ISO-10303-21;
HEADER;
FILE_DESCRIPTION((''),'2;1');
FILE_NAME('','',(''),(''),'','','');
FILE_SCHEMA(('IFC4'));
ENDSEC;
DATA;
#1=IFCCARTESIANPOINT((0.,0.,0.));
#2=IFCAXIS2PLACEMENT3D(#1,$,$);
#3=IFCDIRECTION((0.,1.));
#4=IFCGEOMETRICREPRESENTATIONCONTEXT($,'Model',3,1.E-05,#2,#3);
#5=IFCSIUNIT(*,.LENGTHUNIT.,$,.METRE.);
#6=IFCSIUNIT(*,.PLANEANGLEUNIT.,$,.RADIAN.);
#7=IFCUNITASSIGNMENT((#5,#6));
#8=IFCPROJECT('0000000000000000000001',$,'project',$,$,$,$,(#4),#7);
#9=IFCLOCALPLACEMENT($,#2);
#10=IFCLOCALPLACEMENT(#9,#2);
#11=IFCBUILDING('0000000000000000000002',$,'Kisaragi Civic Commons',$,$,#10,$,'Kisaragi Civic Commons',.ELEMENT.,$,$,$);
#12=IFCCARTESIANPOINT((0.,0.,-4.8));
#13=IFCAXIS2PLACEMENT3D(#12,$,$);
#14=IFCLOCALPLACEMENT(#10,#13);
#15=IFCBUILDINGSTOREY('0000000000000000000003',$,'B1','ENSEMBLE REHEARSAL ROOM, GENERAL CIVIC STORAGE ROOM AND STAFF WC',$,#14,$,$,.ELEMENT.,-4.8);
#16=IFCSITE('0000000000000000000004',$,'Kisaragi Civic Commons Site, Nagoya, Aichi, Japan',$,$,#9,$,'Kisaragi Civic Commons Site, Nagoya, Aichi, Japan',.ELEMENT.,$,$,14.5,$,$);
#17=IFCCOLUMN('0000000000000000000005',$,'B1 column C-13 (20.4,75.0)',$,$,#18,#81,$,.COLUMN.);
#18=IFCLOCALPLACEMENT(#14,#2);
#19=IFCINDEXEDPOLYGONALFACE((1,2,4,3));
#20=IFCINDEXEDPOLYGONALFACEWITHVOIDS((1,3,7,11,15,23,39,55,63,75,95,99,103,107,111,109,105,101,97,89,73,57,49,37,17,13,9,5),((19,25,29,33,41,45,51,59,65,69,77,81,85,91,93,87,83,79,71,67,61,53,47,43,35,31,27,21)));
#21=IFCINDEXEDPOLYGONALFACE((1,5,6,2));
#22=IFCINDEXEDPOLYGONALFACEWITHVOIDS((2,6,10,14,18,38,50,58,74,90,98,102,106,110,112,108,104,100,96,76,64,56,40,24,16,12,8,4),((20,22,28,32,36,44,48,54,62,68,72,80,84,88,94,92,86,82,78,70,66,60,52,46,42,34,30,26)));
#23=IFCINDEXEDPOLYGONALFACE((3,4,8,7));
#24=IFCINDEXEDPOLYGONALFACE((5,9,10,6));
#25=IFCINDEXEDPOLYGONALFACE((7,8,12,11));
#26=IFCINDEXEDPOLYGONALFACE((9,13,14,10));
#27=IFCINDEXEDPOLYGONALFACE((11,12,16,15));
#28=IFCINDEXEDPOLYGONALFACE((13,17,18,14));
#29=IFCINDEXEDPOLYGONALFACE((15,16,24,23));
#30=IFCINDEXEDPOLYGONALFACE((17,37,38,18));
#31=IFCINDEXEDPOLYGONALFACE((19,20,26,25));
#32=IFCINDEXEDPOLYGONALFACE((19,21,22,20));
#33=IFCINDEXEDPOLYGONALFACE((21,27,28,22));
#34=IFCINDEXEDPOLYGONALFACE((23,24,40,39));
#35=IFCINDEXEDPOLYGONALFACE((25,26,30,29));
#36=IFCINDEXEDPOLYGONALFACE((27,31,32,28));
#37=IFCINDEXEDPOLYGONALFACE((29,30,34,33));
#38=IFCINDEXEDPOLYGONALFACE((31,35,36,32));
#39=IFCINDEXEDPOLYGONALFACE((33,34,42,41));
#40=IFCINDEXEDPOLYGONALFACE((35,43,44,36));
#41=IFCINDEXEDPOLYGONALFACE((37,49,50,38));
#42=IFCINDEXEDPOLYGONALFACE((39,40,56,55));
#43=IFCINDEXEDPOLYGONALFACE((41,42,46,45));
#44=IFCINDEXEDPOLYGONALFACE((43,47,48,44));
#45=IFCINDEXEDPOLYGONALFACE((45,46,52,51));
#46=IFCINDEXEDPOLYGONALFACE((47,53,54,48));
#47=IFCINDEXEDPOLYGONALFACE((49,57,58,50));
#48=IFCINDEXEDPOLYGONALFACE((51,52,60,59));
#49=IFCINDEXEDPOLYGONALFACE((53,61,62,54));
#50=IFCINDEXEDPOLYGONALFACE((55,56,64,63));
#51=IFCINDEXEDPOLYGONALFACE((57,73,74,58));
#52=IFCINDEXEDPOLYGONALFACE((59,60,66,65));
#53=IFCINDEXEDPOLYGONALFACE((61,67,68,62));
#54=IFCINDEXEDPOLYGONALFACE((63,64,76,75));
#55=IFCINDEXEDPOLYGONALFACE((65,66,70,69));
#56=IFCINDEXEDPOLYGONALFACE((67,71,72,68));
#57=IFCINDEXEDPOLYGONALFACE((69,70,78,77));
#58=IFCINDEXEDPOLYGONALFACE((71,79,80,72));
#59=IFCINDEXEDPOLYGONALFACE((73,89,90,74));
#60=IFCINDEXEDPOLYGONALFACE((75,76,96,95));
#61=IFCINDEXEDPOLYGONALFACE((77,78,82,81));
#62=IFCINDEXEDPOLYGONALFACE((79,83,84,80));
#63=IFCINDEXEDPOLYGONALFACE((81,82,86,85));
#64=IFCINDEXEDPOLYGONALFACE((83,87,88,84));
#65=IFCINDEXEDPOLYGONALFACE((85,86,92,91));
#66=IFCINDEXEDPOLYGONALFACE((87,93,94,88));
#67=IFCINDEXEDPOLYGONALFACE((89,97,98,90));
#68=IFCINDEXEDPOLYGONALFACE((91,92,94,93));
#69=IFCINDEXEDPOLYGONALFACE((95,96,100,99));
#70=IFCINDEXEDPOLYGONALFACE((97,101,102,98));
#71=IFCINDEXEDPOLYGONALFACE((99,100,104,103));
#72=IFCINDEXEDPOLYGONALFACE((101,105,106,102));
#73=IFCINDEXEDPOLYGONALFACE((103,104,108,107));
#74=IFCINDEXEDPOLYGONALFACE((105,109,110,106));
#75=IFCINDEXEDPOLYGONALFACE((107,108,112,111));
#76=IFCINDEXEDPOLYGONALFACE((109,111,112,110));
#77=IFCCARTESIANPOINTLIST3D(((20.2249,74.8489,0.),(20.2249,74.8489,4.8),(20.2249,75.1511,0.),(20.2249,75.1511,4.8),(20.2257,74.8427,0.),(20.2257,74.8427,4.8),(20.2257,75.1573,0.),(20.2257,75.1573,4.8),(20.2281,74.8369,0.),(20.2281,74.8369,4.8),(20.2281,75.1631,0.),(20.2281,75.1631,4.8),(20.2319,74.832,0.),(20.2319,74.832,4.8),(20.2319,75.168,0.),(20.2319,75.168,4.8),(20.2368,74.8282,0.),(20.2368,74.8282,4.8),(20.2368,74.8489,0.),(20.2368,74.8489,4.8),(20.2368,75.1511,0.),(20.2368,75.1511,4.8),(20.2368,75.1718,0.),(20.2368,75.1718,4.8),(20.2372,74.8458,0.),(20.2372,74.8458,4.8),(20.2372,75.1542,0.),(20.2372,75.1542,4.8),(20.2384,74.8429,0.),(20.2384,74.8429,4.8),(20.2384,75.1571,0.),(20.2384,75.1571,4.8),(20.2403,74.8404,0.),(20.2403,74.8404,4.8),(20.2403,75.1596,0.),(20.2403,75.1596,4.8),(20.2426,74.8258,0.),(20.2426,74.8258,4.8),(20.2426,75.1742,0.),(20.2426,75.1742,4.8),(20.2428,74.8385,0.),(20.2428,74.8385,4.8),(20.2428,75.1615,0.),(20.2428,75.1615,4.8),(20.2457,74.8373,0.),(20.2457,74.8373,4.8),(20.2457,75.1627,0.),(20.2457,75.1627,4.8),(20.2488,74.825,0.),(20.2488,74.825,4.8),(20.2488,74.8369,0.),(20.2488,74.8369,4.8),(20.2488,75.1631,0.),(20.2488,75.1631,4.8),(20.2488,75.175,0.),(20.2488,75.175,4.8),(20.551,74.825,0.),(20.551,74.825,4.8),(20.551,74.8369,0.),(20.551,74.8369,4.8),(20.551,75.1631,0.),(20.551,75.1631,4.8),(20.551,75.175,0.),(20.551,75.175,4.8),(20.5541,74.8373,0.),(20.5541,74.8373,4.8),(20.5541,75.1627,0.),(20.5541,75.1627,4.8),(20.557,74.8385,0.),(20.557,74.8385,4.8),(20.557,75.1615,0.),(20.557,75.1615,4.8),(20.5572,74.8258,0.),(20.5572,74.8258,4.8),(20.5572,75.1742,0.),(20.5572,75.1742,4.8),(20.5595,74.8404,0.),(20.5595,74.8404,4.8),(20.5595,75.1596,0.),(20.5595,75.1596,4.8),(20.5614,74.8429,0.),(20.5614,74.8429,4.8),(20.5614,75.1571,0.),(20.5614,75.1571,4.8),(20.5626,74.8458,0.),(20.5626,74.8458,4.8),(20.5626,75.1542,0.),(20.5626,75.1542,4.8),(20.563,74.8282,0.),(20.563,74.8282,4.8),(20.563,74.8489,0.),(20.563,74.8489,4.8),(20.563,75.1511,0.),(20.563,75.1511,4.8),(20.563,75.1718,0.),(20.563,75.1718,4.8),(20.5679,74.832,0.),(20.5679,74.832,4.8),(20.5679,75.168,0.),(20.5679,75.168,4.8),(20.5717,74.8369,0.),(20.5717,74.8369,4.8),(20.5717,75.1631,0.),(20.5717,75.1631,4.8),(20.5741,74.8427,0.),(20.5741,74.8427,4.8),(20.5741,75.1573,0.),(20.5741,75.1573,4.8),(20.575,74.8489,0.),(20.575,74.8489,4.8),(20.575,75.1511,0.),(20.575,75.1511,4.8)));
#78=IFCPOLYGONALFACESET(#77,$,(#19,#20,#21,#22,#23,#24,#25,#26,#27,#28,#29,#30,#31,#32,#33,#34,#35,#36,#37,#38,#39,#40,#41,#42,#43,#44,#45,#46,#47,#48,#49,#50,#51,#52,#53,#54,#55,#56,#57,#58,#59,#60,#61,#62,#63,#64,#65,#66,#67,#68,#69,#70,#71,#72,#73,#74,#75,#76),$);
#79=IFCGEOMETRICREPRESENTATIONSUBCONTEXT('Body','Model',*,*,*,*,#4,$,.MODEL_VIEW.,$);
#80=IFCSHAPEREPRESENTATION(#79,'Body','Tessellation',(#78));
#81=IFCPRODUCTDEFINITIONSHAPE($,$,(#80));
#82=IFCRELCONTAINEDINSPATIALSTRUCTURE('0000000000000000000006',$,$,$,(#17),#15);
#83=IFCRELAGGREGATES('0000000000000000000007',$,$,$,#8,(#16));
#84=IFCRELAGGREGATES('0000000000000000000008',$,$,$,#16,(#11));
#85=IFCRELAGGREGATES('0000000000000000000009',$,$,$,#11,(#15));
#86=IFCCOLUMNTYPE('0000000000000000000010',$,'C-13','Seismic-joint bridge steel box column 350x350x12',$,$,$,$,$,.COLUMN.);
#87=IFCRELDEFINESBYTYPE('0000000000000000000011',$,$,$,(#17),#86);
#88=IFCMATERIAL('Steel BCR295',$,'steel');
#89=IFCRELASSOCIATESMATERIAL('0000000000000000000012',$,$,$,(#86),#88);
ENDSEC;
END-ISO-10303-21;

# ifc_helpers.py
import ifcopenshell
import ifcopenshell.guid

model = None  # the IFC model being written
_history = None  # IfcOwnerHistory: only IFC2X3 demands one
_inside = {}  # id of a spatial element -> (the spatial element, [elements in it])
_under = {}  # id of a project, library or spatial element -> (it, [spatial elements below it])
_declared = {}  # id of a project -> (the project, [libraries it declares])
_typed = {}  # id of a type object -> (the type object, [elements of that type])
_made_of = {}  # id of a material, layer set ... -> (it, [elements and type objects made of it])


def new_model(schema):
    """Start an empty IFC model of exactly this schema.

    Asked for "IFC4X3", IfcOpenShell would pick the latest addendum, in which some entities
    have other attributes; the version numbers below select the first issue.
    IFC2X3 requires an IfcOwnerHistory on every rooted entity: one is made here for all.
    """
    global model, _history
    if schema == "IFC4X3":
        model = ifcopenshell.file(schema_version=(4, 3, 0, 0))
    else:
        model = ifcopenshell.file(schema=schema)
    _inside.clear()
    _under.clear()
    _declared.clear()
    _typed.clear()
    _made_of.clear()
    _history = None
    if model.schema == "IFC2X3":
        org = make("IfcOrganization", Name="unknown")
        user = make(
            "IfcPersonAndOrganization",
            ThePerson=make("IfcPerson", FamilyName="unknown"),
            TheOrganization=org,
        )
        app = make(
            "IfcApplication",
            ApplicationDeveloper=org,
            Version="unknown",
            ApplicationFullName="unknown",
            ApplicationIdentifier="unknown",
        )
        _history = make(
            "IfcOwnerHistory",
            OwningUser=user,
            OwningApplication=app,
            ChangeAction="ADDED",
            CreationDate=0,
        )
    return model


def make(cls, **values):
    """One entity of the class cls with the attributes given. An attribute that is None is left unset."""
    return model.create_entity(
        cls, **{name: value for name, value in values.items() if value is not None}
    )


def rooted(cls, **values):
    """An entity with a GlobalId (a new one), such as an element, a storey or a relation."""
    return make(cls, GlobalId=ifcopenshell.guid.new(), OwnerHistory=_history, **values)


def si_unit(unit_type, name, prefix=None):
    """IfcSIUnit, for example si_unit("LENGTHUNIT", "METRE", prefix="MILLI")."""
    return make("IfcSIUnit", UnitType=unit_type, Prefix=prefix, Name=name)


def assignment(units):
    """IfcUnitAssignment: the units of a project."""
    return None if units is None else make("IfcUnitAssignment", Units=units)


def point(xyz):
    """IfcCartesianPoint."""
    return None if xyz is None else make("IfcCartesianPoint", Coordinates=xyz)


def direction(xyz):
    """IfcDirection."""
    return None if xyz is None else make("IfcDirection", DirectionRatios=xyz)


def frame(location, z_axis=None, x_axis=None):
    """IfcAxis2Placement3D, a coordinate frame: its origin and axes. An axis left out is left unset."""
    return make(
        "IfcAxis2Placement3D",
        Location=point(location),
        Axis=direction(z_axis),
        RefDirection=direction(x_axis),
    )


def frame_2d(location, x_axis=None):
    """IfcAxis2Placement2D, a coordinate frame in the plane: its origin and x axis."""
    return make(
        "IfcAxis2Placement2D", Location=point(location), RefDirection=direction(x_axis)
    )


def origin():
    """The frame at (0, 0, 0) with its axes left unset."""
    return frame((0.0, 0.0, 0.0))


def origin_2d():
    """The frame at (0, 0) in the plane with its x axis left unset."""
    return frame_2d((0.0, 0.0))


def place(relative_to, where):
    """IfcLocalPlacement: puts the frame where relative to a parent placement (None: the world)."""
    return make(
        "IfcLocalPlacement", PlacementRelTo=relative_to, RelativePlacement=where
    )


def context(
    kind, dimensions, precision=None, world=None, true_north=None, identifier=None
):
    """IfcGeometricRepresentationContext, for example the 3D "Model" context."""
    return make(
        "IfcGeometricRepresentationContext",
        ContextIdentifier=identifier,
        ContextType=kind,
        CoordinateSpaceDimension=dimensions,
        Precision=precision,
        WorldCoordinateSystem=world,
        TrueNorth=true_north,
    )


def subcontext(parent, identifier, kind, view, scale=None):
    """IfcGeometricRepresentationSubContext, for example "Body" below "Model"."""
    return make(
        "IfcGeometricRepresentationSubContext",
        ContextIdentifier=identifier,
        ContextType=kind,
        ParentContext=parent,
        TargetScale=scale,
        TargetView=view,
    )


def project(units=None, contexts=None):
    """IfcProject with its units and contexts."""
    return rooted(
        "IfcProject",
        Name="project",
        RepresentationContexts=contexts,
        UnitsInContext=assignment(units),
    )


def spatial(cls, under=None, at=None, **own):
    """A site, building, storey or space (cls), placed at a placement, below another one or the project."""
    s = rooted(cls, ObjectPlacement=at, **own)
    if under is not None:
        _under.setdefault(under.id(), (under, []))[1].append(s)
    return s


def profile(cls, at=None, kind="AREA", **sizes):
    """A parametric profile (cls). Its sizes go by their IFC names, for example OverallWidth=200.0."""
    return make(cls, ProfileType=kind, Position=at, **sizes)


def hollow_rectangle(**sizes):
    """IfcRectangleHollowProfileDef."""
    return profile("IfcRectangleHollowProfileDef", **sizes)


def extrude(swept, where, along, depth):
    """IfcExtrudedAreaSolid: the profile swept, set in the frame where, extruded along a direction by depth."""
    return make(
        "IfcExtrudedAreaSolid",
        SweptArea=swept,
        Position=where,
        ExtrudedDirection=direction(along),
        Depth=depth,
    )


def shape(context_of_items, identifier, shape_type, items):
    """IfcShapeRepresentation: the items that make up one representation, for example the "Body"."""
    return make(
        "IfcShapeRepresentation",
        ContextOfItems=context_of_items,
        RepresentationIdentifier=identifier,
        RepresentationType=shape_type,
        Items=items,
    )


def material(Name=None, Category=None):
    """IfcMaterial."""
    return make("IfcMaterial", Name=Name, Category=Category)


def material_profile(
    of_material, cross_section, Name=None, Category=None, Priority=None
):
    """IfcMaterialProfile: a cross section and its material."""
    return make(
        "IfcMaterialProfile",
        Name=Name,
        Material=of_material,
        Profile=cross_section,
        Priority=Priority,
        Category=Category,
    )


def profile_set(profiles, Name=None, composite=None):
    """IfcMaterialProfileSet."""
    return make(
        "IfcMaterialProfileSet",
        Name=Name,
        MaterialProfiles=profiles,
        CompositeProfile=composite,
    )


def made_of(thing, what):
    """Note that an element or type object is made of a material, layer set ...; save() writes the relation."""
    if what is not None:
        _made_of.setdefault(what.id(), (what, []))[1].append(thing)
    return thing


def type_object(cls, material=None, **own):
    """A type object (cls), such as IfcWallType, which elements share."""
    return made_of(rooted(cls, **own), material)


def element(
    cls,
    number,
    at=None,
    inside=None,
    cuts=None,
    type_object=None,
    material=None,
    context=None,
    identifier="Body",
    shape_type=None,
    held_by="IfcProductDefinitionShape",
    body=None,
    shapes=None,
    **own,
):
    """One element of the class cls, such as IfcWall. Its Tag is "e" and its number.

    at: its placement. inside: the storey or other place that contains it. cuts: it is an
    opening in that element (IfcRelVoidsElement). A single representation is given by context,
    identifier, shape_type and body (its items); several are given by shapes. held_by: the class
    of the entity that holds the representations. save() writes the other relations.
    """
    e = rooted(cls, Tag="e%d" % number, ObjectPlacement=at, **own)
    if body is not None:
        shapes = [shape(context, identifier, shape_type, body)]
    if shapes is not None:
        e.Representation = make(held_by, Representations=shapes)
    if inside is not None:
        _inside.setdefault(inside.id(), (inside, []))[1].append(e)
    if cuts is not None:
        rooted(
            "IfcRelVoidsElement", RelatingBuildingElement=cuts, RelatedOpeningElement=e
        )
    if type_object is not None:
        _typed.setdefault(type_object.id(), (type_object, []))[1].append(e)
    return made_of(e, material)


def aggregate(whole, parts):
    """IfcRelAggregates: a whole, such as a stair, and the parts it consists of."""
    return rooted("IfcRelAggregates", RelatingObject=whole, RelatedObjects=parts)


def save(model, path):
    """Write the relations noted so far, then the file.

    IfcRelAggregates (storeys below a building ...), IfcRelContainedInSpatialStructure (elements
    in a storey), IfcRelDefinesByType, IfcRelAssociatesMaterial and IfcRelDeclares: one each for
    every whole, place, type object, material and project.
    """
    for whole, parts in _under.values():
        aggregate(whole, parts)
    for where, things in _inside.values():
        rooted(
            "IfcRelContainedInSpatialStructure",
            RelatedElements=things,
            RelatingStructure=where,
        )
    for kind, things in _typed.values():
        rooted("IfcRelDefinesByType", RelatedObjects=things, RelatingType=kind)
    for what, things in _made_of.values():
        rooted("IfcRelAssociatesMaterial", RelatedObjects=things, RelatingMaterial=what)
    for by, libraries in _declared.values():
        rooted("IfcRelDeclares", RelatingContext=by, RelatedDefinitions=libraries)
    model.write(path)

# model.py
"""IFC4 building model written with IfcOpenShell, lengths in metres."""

from ifc_helpers import new_model, si_unit, direction, frame, origin, origin_2d, place, context, subcontext, project, spatial, hollow_rectangle, extrude, material, material_profile, profile_set, type_object, element, save


model = new_model("IFC4")

# Units and contexts
model_context = context("Model", 3, precision=1e-05, world=origin(), true_north=direction((0.0, 1.0)))
body_context = subcontext(model_context, "Body", "Model", "MODEL_VIEW")
ifc_project = project(units=[si_unit("LENGTHUNIT", "METRE"), si_unit("PLANEANGLEUNIT", "RADIAN")], contexts=[model_context])

# Site, building, storey
site_placement = place(None, origin())
site = spatial("IfcSite", under=ifc_project, at=site_placement, Name="Kisaragi Civic Commons Site, Nagoya, Aichi, Japan", LongName="Kisaragi Civic Commons Site, Nagoya, Aichi, Japan", CompositionType="ELEMENT", RefElevation=14.5)
building_placement = place(site_placement, origin())
building = spatial("IfcBuilding", under=site, at=building_placement, Name="Kisaragi Civic Commons", LongName="Kisaragi Civic Commons", CompositionType="ELEMENT")
storey_placement = place(building_placement, frame((0.0, 0.0, -4.8)))
storey = spatial("IfcBuildingStorey", under=building, at=storey_placement, Name="B1", Description="ENSEMBLE REHEARSAL ROOM, GENERAL CIVIC STORAGE ROOM AND STAFF WC", CompositionType="ELEMENT", Elevation=-4.8)

# Column
ifc_material_1 = material(Name="Steel BCR295", Category="steel")
ifc_material_profile_1 = material_profile(ifc_material_1, hollow_rectangle(XDim=0.3501, YDim=0.3501, WallThickness=0.012, InnerFilletRadius=0.012, OuterFilletRadius=0.0239, at=origin_2d()), Name="BCR-350x350x12", Category="steel")
ifc_profile_set_1 = profile_set([ifc_material_profile_1], Name="Steel BCR295")
column_type_1 = type_object("IfcColumnType", Name="C-13", Description="Seismic-joint bridge steel box column 350x350x12", PredefinedType="COLUMN", material=ifc_profile_set_1)
for number, where, z_axis, x_axis, name in (
    (1, (20.3999, 75.0, 0.0), (0.0, 0.0, 1.0), (1.0, 0.0, 0.0), "B1 column C-13 (20.4,75.0)"),
):
    element("IfcColumn", number, at=place(storey_placement, frame(where, z_axis=z_axis, x_axis=x_axis)), inside=storey, type_object=column_type_1, Name=name, PredefinedType="COLUMN", context=body_context, shape_type="SweptSolid", body=[
        extrude(hollow_rectangle(XDim=0.3501, YDim=0.3501, WallThickness=0.012, InnerFilletRadius=0.012, OuterFilletRadius=0.0239, at=origin_2d()), origin(), (0.0, 0.0, 1.0), 4.8),
    ])

save(model, "model.ifc")
